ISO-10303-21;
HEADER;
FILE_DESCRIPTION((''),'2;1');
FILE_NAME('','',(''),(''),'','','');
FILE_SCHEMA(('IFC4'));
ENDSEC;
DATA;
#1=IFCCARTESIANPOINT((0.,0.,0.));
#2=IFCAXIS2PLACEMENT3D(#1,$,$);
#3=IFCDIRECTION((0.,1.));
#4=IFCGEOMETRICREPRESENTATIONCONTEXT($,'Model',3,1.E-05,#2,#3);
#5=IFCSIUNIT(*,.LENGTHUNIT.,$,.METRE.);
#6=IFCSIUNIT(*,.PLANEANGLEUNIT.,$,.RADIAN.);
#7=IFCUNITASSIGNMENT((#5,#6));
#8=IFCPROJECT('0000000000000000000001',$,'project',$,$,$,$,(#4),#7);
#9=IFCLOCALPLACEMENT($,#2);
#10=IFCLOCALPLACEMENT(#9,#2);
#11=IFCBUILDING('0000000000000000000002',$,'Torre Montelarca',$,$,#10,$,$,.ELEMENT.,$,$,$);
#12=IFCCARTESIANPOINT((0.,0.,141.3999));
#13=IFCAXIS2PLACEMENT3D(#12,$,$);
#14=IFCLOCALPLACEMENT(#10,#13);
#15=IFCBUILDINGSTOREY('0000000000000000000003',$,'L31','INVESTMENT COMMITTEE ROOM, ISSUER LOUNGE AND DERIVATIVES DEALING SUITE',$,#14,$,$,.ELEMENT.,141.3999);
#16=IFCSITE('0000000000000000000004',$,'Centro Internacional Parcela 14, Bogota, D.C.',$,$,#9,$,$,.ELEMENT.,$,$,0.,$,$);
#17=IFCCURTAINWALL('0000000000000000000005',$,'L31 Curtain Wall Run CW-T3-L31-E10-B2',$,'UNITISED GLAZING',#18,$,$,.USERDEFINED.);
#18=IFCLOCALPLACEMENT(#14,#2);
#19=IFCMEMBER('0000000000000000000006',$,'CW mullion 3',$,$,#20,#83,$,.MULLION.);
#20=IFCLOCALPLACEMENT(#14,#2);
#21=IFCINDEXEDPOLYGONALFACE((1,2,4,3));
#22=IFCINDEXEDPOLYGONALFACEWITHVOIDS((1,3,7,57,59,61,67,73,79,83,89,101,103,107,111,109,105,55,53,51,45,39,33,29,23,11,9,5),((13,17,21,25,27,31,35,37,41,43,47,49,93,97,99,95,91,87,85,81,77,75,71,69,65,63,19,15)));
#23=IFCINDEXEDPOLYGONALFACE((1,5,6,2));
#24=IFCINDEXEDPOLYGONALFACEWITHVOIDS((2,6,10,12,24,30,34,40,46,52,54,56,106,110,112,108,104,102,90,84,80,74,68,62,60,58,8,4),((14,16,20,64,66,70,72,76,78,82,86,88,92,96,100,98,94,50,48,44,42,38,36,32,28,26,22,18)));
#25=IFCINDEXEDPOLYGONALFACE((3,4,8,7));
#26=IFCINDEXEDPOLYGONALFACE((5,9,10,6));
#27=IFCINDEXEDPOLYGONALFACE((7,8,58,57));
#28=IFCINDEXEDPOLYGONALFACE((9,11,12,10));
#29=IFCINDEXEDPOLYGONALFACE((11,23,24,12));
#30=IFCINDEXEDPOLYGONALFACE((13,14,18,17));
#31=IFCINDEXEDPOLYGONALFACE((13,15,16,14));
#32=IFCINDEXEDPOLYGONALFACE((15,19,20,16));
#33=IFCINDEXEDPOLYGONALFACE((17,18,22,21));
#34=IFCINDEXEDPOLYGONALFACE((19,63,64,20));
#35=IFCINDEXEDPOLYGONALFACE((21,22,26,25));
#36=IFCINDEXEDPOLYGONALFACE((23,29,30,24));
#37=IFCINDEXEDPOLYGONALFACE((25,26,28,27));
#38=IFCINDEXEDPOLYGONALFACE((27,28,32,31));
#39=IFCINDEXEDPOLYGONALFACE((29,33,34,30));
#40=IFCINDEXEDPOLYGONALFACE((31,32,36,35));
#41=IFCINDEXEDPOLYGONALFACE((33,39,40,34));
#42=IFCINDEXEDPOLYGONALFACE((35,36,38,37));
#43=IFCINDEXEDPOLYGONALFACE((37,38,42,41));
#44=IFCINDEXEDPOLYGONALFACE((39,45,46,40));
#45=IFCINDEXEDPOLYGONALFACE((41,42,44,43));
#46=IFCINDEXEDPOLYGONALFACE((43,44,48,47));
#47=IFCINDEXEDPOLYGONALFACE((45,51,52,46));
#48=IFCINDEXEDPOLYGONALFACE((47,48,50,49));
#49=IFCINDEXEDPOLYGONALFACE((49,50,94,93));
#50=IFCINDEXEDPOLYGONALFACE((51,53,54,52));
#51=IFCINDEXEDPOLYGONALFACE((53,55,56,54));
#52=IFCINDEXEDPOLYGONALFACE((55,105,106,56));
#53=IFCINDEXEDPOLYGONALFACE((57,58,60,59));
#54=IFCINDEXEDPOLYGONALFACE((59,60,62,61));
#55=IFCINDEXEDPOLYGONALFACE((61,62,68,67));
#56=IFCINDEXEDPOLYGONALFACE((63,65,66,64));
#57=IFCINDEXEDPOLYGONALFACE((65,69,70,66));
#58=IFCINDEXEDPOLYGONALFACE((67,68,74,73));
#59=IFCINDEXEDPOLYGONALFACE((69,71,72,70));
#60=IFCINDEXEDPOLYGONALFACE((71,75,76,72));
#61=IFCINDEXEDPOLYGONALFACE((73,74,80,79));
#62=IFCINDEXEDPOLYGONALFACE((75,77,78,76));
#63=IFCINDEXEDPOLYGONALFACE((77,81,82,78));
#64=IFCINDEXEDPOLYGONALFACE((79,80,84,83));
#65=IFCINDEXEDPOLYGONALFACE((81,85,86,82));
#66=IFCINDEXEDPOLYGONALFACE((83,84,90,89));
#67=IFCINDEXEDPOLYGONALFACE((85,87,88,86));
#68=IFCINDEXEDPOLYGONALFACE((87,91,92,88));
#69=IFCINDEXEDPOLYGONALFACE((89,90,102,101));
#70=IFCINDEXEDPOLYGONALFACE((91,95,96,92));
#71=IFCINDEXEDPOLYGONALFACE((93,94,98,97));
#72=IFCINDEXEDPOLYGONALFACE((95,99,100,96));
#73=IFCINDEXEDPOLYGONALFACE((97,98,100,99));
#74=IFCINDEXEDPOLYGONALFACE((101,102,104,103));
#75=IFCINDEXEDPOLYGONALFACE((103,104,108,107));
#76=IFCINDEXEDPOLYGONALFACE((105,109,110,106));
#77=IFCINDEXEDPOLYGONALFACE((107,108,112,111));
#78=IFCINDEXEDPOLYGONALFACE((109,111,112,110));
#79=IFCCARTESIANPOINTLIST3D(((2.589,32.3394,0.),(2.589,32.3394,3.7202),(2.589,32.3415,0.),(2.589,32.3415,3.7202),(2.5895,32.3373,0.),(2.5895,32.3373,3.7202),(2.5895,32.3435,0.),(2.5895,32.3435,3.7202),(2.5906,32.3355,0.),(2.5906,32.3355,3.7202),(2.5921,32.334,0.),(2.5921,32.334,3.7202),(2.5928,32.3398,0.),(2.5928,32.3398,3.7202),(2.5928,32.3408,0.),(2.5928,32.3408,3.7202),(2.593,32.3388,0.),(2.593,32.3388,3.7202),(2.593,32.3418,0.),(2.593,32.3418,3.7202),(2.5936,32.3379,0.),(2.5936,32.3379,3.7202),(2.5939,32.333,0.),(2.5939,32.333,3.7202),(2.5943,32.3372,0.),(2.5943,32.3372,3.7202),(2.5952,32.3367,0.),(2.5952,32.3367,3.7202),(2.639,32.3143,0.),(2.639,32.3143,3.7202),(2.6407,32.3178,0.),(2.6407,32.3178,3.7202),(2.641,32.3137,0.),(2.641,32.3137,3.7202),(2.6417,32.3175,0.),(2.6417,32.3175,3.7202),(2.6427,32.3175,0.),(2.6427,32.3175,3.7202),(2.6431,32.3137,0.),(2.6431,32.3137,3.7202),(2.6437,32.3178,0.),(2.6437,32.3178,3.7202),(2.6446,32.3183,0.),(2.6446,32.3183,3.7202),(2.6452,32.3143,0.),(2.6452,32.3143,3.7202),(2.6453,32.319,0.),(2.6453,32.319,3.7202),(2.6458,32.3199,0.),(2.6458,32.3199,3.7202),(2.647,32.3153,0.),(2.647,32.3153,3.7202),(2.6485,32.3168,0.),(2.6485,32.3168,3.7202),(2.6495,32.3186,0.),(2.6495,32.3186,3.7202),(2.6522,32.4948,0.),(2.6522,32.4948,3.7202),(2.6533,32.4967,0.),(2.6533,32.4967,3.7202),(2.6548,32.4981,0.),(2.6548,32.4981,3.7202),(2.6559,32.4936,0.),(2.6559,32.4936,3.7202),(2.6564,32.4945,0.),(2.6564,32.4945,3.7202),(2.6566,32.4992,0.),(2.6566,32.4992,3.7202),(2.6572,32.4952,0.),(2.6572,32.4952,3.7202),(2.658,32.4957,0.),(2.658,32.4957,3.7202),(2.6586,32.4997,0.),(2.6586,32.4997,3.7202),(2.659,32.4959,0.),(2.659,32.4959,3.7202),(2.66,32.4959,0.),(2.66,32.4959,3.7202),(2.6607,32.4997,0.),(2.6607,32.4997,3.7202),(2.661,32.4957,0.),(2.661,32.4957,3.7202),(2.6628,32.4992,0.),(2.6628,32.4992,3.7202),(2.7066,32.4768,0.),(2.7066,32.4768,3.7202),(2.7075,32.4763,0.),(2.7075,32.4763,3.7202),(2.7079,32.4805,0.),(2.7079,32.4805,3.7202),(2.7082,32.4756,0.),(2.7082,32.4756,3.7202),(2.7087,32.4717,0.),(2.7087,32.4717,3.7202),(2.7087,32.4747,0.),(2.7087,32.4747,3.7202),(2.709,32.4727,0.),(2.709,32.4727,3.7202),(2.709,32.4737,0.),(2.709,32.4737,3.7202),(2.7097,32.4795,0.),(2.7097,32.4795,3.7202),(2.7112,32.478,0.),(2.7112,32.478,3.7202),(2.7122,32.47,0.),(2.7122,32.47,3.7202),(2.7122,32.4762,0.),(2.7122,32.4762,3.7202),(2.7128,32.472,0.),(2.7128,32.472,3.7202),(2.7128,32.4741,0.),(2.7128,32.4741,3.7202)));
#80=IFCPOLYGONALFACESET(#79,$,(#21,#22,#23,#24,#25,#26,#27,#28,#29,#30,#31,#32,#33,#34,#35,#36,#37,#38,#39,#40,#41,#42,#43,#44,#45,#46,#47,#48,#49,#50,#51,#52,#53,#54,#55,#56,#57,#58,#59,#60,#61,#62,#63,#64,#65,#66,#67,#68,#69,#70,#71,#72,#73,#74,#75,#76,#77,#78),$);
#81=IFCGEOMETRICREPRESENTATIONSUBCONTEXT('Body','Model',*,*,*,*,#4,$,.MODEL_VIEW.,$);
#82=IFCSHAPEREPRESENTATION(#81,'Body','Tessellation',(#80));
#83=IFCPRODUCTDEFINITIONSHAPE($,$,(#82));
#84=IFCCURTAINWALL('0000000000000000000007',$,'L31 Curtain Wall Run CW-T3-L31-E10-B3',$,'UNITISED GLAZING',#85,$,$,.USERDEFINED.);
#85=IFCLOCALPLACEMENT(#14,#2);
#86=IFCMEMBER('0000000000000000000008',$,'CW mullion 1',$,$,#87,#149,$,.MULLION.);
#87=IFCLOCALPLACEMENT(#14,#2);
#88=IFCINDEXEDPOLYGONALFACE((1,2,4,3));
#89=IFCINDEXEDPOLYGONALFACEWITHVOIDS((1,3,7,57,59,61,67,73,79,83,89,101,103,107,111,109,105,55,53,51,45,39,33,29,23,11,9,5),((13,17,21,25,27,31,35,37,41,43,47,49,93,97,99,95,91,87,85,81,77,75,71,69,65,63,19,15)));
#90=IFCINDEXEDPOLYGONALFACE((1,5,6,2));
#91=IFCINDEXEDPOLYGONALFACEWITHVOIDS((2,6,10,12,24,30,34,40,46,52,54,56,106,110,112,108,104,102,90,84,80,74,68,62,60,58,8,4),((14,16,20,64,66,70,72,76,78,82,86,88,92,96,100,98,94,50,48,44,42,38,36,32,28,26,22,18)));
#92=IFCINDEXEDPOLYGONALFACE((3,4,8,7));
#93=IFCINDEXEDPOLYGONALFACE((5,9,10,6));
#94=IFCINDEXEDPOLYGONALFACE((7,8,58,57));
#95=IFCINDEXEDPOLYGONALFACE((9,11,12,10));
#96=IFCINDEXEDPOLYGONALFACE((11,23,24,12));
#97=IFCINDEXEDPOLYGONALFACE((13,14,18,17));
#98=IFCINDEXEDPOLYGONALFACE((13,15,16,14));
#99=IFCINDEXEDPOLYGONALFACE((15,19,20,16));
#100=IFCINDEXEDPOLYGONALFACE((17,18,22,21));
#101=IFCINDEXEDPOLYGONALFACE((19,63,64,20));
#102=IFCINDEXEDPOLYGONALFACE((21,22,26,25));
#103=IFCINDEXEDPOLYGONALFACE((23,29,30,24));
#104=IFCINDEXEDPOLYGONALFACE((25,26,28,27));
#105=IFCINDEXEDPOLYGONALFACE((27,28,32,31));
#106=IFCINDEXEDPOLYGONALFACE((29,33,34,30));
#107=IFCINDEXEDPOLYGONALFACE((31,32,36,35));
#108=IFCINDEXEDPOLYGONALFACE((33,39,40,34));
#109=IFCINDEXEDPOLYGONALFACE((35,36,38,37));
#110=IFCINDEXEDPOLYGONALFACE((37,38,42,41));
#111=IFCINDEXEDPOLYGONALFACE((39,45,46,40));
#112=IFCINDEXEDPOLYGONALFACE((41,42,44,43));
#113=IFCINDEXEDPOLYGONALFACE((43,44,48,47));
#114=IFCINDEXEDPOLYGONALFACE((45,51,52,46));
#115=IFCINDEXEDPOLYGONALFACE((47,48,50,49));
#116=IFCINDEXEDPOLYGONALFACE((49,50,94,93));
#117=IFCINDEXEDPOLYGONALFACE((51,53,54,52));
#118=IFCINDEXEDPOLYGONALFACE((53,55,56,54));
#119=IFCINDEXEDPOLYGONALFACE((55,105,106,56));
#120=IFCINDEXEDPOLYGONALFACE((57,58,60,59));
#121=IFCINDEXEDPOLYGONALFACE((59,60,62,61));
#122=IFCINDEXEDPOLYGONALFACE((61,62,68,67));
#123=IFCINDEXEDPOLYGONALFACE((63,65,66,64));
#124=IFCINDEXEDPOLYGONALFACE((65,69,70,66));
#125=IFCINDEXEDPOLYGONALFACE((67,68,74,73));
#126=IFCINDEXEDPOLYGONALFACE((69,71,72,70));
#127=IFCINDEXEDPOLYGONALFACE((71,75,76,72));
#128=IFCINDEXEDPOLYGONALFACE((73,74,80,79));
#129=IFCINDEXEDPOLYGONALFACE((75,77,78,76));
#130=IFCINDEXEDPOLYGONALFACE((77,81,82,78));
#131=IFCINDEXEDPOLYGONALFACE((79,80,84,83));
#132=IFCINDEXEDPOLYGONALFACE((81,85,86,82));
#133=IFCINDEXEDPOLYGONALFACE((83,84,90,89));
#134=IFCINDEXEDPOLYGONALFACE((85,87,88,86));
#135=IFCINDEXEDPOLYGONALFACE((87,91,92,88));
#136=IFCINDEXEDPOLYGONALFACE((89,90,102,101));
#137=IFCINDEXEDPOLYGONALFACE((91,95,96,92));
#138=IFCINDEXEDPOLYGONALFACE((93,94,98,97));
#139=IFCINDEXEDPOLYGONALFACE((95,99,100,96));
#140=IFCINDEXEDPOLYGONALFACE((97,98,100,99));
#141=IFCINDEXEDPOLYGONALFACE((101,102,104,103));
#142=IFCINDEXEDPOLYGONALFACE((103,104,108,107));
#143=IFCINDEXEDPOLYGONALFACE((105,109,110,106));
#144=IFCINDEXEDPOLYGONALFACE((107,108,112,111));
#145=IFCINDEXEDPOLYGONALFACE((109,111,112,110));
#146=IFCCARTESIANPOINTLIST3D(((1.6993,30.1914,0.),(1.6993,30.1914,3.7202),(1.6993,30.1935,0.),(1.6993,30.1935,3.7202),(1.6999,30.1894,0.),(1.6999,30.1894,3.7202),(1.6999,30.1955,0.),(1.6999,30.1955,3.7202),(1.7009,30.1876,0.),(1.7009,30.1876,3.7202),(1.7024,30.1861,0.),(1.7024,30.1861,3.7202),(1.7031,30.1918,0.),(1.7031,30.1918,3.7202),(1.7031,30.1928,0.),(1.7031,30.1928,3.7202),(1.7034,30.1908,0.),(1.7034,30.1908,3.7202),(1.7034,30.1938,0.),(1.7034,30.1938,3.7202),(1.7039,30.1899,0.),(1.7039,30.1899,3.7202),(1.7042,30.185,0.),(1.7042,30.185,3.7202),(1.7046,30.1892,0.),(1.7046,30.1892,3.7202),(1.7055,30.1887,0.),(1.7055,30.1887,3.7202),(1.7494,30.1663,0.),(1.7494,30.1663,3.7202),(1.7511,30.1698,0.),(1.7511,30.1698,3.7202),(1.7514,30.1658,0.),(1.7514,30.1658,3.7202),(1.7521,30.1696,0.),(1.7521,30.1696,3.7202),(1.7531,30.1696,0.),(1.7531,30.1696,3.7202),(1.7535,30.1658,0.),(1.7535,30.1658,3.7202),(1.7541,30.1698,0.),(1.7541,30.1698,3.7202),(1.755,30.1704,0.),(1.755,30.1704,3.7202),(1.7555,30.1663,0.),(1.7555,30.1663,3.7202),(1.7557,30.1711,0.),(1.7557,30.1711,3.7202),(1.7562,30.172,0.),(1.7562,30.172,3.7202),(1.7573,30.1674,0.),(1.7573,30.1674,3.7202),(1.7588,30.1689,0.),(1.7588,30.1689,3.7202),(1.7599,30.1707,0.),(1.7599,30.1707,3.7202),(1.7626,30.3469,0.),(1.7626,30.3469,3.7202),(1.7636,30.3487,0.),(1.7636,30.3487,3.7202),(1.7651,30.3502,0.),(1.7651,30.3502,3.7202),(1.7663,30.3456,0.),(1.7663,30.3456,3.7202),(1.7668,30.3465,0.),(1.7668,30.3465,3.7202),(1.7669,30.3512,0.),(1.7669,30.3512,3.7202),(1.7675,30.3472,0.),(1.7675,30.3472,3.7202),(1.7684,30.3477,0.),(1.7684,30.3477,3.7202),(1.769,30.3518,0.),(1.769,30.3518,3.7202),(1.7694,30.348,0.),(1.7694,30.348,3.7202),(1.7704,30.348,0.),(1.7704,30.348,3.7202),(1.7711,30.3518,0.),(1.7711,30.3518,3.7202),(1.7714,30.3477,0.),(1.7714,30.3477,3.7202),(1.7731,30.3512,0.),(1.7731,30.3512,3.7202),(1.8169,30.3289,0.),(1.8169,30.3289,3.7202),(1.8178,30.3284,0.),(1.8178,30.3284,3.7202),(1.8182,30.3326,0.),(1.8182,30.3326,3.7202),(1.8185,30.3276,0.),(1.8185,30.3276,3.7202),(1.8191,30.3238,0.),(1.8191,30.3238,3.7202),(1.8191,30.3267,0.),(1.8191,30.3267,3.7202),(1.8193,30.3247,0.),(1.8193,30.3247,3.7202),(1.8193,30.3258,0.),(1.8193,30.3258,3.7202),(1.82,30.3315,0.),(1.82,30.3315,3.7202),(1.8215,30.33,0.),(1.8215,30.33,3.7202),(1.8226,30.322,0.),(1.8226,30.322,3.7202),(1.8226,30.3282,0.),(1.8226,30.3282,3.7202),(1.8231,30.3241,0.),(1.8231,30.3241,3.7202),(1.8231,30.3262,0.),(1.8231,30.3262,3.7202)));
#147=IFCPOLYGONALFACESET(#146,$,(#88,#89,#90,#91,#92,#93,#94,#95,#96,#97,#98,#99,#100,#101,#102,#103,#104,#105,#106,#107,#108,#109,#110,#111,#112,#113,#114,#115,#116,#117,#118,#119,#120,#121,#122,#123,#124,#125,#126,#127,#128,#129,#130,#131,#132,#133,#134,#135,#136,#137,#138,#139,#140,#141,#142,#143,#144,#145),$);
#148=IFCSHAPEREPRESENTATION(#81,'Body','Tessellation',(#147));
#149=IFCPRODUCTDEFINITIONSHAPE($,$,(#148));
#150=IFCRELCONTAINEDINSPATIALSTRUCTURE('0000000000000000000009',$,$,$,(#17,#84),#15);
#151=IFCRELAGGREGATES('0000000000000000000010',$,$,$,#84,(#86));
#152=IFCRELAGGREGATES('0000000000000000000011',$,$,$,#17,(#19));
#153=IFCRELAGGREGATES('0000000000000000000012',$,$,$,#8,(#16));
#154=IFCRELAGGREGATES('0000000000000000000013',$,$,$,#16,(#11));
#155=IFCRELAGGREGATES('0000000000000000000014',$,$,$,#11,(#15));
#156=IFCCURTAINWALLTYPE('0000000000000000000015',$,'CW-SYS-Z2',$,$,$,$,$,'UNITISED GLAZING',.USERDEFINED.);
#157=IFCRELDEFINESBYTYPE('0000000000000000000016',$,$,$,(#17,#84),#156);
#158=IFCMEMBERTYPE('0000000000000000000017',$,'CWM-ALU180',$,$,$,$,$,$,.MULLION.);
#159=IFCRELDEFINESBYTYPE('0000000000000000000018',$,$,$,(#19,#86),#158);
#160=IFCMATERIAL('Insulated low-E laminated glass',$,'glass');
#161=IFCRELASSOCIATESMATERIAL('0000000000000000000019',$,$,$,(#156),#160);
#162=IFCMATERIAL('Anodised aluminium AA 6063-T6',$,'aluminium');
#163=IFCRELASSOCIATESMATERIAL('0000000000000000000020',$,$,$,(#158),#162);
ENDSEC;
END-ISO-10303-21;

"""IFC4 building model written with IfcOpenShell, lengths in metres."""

from ifc_helpers import new_model, si_unit, direction, frame, origin, origin_2d, place, context, subcontext, project, spatial, hollow_rectangle, extrude, source, transform, mapped, material, material_profile, profile_set, type_object, element, aggregate, save


model = new_model("IFC4")

# Units and contexts
model_context = context("Model", 3, precision=1e-05, world=origin(), true_north=direction((0.0, 1.0)))
body_context = subcontext(model_context, "Body", "Model", "MODEL_VIEW")
ifc_project = project(units=[si_unit("LENGTHUNIT", "METRE"), si_unit("PLANEANGLEUNIT", "RADIAN")], contexts=[model_context])

# Site, building, storey
site_placement = place(None, origin())
site = spatial("IfcSite", under=ifc_project, at=site_placement, Name="Centro Internacional Parcela 14, Bogota, D.C.", CompositionType="ELEMENT", RefElevation=0.0)
building_placement = place(site_placement, origin())
building = spatial("IfcBuilding", under=site, at=building_placement, Name="Torre Montelarca", CompositionType="ELEMENT")
storey_placement = place(building_placement, frame((0.0, 0.0, 141.3999)))
storey = spatial("IfcBuildingStorey", under=building, at=storey_placement, Name="L31", Description="INVESTMENT COMMITTEE ROOM, ISSUER LOUNGE AND DERIVATIVES DEALING SUITE", CompositionType="ELEMENT", Elevation=141.3999)

# Curtain walls, members
ifc_material_1 = material(Name="Insulated low-E laminated glass", Category="glass")
curtain_wall_type = type_object("IfcCurtainWallType", Name="CW-SYS-Z2", ElementType="UNITISED GLAZING", PredefinedType="USERDEFINED", material=ifc_material_1)
curtain_wall_1_placement = place(storey_placement, origin())
curtain_wall_1 = element("IfcCurtainWall", 1, at=curtain_wall_1_placement, inside=storey, type_object=curtain_wall_type, Name="L31 Curtain Wall Run CW-T3-L31-E10-B2", ObjectType="UNITISED GLAZING", PredefinedType="USERDEFINED")
ifc_material_2 = material(Name="Anodised aluminium AA 6063-T6", Category="aluminium")
ifc_material_profile_1 = material_profile(ifc_material_2, hollow_rectangle(XDim=0.0649, YDim=0.1799, WallThickness=0.0039, InnerFilletRadius=0.0039, OuterFilletRadius=0.0081, at=origin_2d()), Name="ALU65X180X4", Category="aluminium")
ifc_profile_set_1 = profile_set([ifc_material_profile_1], Name="Anodised aluminium AA 6063-T6")
member_type_1 = type_object("IfcMemberType", Name="CWM-ALU180", PredefinedType="MULLION", material=ifc_profile_set_1)
shared_shape_1 = source(origin(), body_context, "Body", "SweptSolid", [
    extrude(hollow_rectangle(XDim=0.0649, YDim=0.1799, WallThickness=0.0039, InnerFilletRadius=0.0039, OuterFilletRadius=0.0081, at=origin_2d()), origin(), (0.0, 0.0, 1.0), 3.7202),
])
member_1_placement = place(storey_placement, frame((2.6509, 32.4067, 0.0), z_axis=(0.0, 0.0, 1.0), x_axis=(0.923878, -0.382687, 0.0)))
member_1 = element("IfcMember", 2, at=member_1_placement, type_object=member_type_1, Name="CW mullion 3", PredefinedType="MULLION", context=body_context, shape_type="MappedRepresentation", body=[
    mapped(shared_shape_1, transform((0.0, 0.0, 0.0), scale=1.0)),
])
curtain_wall_2_placement = place(storey_placement, origin())
curtain_wall_2 = element("IfcCurtainWall", 3, at=curtain_wall_2_placement, inside=storey, type_object=curtain_wall_type, Name="L31 Curtain Wall Run CW-T3-L31-E10-B3", ObjectType="UNITISED GLAZING", PredefinedType="USERDEFINED")
member_2_placement = place(storey_placement, frame((1.7612, 30.2588, 0.0), z_axis=(0.0, 0.0, 1.0), x_axis=(0.923879, -0.382685, 0.0)))
member_2 = element("IfcMember", 4, at=member_2_placement, type_object=member_type_1, Name="CW mullion 1", PredefinedType="MULLION", context=body_context, shape_type="MappedRepresentation", body=[
    mapped(shared_shape_1, transform((0.0, 0.0, 0.0), scale=1.0)),
])
aggregate(curtain_wall_2, [member_2])

aggregate(curtain_wall_1, [member_1])

save(model, "model.ifc")
